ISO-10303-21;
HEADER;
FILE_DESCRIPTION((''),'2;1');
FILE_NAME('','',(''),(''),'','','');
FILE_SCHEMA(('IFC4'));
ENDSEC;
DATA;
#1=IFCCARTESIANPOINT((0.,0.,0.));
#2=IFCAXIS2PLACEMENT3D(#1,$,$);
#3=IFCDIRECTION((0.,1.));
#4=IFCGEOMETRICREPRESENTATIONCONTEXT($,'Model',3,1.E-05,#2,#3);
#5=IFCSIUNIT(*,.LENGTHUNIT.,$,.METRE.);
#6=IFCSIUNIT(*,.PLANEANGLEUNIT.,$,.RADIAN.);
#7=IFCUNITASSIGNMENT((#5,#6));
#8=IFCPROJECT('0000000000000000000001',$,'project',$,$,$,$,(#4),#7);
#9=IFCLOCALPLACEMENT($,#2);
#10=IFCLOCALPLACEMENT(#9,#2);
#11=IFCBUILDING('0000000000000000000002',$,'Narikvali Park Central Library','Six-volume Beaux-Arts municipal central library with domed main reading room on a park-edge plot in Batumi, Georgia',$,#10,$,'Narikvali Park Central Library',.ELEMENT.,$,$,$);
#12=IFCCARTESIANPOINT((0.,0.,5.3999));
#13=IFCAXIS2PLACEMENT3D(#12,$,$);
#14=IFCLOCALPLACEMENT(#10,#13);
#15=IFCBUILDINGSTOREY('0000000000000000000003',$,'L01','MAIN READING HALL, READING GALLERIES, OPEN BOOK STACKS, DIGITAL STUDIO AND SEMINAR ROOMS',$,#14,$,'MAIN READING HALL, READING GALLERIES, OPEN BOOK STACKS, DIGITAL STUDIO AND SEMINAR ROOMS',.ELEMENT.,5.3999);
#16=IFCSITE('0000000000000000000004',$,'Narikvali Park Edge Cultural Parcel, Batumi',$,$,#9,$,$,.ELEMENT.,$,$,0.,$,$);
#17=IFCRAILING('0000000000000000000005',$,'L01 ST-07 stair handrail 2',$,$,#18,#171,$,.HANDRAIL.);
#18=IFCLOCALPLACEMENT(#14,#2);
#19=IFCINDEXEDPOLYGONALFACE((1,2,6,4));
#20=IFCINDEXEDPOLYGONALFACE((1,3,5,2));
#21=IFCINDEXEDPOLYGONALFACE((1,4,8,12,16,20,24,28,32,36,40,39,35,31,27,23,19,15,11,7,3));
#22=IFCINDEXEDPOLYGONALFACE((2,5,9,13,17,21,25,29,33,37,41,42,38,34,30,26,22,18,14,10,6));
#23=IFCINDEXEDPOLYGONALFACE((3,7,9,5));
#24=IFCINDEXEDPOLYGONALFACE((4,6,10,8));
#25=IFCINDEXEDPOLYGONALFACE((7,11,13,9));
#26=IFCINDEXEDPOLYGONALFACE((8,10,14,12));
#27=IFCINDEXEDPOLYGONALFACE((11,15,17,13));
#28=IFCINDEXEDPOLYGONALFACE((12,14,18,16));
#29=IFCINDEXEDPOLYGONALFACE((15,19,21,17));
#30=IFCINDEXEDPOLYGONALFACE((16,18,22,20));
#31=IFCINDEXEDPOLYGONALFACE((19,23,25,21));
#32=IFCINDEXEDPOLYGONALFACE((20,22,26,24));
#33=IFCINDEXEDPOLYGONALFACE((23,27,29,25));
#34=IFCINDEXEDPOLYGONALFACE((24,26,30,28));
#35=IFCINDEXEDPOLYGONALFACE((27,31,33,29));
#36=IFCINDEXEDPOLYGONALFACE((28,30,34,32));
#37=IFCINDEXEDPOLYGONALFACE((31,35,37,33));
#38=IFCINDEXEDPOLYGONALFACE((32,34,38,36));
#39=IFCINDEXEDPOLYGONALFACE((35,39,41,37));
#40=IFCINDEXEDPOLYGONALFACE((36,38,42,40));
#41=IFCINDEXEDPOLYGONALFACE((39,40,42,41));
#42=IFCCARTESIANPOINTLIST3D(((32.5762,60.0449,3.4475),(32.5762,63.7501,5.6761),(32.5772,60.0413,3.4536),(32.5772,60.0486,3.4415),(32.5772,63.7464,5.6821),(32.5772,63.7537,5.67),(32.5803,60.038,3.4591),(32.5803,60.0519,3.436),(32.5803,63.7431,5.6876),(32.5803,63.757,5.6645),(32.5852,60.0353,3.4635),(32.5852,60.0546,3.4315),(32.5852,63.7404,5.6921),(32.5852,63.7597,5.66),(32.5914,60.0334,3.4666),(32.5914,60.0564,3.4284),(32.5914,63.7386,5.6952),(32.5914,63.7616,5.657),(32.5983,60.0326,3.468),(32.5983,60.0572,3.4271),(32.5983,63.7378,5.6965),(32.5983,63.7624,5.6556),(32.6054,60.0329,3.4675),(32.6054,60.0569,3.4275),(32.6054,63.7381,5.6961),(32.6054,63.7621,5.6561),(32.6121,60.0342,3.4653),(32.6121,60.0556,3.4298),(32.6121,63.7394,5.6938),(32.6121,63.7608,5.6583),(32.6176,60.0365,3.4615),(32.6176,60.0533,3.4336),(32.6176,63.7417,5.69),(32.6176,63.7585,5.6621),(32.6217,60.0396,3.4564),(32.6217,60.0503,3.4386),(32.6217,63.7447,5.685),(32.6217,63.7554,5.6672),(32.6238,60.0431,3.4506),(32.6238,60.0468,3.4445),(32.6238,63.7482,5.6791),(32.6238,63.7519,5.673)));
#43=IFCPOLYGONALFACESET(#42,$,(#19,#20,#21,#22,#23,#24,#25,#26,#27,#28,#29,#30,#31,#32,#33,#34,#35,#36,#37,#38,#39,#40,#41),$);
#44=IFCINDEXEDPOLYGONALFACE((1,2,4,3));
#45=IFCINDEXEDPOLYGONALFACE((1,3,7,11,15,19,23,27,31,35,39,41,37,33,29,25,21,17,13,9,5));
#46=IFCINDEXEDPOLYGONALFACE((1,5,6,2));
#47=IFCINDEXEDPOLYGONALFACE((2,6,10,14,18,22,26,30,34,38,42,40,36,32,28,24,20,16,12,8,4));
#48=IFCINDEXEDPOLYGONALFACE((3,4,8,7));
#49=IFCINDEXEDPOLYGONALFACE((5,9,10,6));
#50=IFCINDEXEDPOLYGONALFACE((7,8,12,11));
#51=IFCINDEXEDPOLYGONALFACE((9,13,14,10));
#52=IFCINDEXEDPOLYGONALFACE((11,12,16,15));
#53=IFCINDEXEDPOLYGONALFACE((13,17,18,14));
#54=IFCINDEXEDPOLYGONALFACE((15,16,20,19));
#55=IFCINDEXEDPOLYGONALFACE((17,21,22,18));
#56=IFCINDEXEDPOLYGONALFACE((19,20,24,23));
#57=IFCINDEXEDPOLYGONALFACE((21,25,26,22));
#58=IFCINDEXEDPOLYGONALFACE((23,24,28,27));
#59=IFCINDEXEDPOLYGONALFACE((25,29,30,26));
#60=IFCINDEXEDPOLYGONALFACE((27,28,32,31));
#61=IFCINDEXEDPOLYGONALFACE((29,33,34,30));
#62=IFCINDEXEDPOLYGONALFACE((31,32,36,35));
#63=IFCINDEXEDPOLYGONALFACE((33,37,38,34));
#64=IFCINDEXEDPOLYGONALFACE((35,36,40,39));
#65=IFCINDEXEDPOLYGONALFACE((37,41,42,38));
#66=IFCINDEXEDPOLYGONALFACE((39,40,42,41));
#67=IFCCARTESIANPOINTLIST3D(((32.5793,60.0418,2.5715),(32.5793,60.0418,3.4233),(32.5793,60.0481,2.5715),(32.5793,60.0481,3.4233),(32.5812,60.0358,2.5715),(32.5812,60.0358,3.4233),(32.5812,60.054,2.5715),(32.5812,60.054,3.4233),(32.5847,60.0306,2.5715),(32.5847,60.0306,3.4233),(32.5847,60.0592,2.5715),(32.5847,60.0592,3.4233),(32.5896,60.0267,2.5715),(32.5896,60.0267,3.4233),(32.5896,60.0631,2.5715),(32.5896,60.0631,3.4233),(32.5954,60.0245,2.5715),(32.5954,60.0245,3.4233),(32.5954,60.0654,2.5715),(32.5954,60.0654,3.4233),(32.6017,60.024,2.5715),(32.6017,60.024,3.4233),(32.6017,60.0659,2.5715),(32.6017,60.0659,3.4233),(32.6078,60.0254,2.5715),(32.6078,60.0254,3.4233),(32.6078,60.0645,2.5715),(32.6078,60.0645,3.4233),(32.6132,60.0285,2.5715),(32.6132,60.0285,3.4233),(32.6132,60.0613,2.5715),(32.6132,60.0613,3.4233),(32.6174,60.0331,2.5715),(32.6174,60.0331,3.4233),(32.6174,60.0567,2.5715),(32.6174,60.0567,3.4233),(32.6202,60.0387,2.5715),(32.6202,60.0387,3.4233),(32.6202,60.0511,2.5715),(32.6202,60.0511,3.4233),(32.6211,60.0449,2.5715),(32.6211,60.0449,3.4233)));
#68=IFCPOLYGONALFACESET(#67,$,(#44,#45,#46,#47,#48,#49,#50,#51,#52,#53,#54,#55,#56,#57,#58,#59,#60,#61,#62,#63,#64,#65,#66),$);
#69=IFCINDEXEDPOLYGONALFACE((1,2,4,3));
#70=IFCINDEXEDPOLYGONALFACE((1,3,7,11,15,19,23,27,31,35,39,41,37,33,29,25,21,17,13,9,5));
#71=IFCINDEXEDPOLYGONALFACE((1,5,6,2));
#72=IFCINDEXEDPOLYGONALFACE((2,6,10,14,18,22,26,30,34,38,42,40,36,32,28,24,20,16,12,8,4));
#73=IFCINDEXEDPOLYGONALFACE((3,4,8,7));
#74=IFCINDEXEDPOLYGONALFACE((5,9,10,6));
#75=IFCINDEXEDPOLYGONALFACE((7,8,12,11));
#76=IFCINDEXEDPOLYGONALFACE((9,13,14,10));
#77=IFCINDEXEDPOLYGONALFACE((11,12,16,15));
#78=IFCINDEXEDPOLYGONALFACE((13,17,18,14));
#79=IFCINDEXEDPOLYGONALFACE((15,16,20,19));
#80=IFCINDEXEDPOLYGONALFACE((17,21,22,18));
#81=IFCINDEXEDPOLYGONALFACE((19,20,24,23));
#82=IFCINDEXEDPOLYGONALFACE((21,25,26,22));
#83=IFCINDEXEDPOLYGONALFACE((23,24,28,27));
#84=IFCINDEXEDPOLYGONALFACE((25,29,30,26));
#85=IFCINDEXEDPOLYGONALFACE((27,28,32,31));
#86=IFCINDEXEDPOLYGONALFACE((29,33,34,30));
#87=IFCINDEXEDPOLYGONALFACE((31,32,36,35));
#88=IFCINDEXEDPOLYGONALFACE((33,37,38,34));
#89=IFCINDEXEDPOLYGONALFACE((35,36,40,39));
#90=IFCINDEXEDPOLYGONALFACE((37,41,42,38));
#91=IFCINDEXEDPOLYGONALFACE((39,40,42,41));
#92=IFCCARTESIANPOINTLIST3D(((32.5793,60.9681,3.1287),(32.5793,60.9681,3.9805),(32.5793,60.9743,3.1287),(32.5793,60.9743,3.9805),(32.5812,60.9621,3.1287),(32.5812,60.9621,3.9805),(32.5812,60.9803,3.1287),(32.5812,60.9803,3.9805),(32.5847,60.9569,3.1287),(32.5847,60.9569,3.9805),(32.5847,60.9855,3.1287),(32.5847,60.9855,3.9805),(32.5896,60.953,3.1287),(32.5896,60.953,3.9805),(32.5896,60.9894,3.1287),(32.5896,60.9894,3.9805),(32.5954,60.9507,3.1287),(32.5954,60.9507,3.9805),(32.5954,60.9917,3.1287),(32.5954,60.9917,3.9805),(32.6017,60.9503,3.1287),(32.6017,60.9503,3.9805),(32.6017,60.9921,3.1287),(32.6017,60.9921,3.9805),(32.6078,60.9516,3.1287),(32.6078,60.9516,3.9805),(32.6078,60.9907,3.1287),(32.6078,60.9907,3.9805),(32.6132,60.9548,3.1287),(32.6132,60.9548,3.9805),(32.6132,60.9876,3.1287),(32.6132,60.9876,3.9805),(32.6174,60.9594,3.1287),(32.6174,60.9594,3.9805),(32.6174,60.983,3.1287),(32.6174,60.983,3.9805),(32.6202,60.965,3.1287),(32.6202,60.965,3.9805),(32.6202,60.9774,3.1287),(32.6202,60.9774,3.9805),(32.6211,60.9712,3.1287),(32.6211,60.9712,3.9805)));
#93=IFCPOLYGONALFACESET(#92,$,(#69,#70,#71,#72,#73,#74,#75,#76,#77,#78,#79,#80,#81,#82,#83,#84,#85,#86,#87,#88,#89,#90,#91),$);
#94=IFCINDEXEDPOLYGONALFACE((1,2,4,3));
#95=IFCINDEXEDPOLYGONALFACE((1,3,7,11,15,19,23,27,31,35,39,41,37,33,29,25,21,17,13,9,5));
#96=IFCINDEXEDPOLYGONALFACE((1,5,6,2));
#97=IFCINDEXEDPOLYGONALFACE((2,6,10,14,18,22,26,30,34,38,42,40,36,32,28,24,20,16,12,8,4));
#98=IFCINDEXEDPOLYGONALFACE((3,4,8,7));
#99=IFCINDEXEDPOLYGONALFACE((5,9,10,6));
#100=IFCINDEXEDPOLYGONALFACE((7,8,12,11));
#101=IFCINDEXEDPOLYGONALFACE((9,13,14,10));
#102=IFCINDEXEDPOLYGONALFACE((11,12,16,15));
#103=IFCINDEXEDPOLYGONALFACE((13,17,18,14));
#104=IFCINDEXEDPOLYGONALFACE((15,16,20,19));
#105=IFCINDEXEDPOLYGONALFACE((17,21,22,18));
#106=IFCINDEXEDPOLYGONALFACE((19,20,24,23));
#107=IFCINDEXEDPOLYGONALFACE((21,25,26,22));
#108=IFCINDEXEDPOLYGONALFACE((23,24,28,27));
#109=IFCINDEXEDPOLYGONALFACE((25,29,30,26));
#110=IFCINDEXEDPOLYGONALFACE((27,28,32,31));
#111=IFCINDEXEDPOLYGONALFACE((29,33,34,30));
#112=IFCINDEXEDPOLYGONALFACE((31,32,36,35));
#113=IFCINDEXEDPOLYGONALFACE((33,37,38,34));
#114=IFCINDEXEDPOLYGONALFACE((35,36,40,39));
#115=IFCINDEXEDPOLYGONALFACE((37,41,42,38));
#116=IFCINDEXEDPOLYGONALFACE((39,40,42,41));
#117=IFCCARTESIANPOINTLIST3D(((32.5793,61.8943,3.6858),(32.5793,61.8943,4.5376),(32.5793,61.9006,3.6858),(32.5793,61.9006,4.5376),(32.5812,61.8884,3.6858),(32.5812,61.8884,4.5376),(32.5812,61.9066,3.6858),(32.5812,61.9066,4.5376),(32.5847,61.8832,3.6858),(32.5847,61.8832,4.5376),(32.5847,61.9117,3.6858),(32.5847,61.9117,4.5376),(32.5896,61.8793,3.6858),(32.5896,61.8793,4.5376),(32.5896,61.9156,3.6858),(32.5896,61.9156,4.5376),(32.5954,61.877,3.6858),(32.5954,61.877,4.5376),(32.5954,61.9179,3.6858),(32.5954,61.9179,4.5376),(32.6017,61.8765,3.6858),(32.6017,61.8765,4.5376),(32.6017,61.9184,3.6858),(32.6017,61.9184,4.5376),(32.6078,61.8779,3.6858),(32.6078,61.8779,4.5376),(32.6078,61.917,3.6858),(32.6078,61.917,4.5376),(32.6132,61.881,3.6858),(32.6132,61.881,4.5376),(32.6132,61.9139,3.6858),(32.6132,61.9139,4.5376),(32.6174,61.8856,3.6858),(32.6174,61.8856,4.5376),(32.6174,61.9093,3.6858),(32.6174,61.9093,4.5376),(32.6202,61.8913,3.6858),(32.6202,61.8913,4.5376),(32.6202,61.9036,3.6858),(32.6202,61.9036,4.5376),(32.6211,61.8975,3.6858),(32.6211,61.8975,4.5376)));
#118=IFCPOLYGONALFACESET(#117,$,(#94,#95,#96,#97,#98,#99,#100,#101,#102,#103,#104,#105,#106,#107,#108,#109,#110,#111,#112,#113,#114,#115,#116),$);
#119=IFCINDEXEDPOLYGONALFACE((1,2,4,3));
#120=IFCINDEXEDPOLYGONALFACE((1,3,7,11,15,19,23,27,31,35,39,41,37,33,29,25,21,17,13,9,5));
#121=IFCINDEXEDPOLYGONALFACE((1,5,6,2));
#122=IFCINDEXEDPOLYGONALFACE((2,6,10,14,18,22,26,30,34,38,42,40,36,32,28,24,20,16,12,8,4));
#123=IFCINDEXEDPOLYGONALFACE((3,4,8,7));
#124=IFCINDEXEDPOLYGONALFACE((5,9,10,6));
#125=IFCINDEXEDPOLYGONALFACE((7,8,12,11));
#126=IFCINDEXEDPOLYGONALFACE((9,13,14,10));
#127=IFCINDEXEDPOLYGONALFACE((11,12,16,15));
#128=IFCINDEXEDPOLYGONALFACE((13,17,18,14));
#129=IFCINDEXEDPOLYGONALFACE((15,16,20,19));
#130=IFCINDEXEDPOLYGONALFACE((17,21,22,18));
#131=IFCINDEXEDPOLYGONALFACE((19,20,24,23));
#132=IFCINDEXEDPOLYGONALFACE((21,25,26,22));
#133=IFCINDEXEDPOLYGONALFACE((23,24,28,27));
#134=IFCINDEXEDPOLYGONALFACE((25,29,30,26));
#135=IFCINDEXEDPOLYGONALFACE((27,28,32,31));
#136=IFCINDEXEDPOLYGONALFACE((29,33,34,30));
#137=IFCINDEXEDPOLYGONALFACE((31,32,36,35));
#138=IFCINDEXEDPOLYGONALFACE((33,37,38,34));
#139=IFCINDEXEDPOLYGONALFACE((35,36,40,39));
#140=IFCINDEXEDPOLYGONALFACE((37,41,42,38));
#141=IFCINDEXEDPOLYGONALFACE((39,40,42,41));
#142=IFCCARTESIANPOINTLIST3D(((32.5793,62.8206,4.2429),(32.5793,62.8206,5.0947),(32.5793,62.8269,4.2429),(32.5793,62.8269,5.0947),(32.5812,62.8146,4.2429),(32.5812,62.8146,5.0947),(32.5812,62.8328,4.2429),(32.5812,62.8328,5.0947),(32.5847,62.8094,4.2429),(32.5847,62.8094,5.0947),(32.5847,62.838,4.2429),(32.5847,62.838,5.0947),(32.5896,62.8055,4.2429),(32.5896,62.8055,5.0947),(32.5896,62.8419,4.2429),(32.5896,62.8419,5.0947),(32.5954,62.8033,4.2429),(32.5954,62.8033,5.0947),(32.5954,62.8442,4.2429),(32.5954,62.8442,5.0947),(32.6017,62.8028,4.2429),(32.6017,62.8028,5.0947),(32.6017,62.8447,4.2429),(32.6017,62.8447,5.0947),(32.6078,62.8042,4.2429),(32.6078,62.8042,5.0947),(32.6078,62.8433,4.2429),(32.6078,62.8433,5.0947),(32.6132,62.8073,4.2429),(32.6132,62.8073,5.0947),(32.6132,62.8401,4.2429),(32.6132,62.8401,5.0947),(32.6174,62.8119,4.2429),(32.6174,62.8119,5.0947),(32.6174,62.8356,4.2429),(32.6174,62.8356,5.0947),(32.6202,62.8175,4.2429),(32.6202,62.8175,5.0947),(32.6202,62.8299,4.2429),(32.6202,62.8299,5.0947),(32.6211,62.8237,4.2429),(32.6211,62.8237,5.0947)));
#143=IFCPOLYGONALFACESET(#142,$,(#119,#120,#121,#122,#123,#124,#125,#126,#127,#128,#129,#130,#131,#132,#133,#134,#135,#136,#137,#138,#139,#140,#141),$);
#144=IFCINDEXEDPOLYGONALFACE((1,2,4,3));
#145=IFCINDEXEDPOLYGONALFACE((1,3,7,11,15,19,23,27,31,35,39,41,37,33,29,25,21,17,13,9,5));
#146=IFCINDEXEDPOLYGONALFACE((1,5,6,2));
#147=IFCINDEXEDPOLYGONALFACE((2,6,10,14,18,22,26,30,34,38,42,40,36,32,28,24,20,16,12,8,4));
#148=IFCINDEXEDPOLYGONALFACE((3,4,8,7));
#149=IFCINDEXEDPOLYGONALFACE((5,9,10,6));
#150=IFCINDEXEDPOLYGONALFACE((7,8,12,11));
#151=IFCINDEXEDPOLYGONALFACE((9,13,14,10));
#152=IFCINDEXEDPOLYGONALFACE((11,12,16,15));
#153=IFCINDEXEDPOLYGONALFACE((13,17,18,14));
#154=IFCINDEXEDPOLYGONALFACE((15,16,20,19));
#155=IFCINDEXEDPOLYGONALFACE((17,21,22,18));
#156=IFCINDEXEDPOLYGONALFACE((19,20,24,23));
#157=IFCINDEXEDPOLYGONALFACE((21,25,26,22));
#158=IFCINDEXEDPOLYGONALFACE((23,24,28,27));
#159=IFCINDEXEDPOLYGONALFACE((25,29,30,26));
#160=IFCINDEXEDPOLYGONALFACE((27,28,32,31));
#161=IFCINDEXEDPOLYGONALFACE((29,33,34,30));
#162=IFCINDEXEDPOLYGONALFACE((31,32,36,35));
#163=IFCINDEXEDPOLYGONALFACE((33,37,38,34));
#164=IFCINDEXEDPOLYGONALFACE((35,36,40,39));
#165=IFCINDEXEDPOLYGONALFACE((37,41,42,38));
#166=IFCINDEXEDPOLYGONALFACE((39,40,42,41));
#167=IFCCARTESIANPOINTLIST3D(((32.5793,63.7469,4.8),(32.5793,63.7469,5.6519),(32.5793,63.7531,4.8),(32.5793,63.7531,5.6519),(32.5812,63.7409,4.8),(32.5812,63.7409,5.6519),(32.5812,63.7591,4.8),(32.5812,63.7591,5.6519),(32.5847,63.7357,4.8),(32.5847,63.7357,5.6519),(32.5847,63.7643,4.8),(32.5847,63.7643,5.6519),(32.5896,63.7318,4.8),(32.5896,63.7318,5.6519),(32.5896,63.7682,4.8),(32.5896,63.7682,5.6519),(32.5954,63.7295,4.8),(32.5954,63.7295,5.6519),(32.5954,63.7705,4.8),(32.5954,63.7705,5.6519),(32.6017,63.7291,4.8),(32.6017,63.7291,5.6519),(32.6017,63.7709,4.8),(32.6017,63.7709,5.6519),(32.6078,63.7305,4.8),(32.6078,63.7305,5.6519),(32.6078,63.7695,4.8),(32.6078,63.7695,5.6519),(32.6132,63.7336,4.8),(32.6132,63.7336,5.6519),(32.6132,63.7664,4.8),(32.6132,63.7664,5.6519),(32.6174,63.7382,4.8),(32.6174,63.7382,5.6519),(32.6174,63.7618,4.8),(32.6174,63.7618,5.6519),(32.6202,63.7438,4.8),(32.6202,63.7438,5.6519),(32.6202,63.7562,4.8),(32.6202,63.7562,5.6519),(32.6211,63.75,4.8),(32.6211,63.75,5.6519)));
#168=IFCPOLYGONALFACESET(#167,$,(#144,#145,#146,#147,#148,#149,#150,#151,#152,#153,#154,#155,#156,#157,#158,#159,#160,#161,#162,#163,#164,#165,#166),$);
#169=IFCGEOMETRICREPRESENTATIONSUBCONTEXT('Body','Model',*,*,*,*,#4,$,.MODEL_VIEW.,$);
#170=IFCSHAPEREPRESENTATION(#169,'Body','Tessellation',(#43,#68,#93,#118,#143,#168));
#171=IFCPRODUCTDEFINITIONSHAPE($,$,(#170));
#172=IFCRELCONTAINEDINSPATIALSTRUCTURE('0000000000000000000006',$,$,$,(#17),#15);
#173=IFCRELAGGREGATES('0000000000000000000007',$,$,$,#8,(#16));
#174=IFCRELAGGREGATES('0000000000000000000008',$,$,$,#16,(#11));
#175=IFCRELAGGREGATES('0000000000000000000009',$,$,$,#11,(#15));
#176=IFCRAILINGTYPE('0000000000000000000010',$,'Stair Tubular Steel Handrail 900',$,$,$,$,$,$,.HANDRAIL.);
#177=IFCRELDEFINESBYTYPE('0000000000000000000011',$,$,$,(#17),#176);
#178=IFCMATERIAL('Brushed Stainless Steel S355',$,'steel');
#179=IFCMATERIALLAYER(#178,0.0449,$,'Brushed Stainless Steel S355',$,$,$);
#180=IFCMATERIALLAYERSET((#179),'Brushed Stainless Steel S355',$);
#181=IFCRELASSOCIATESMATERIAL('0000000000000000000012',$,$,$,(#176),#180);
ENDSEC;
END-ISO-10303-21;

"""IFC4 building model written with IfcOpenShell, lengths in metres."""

from ifc_helpers import new_model, si_unit, direction, frame, origin, origin_2d, place, context, subcontext, project, spatial, circle, extrude, material, layer, layer_set, type_object, element, save


model = new_model("IFC4")

# Units and contexts
model_context = context("Model", 3, precision=1e-05, world=origin(), true_north=direction((0.0, 1.0)))
body_context = subcontext(model_context, "Body", "Model", "MODEL_VIEW")
ifc_project = project(units=[si_unit("LENGTHUNIT", "METRE"), si_unit("PLANEANGLEUNIT", "RADIAN")], contexts=[model_context])

# Site, building, storey
site_placement = place(None, origin())
site = spatial("IfcSite", under=ifc_project, at=site_placement, Name="Narikvali Park Edge Cultural Parcel, Batumi", CompositionType="ELEMENT", RefElevation=0.0)
building_placement = place(site_placement, origin())
building = spatial("IfcBuilding", under=site, at=building_placement, Name="Narikvali Park Central Library", Description="Six-volume Beaux-Arts municipal central library with domed main reading room on a park-edge plot in Batumi, Georgia", LongName="Narikvali Park Central Library", CompositionType="ELEMENT")
storey_placement = place(building_placement, frame((0.0, 0.0, 5.3999)))
storey = spatial("IfcBuildingStorey", under=building, at=storey_placement, Name="L01", Description="MAIN READING HALL, READING GALLERIES, OPEN BOOK STACKS, DIGITAL STUDIO AND SEMINAR ROOMS", LongName="MAIN READING HALL, READING GALLERIES, OPEN BOOK STACKS, DIGITAL STUDIO AND SEMINAR ROOMS", CompositionType="ELEMENT", Elevation=5.3999)

# Shared definitions
ifc_material_1 = material(Name="Brushed Stainless Steel S355", Category="steel")

# Railing
ifc_layer_1 = layer(ifc_material_1, 0.0449, Name="Brushed Stainless Steel S355")
ifc_layer_set_1 = layer_set([ifc_layer_1], Name="Brushed Stainless Steel S355")
railing_type_1 = type_object("IfcRailingType", Name="Stair Tubular Steel Handrail 900", PredefinedType="HANDRAIL", material=ifc_layer_set_1)
railing_1_placement = place(storey_placement, frame((32.6001, 60.0449, 2.5715)))
element("IfcRailing", 1, at=railing_1_placement, inside=storey, type_object=railing_type_1, Name="L01 ST-07 stair handrail 2", PredefinedType="HANDRAIL", context=body_context, shape_type="SweptSolid", body=[
    extrude(circle(Radius=0.0239, at=origin_2d()), frame((0.0, 0.0, 0.876), z_axis=(0.0, 0.856934, 0.515425), x_axis=(-1.0, 0.0, 0.0)), (0.0, 0.0, 1.0), 4.3237),
    extrude(circle(Radius=0.021, at=origin_2d()), origin(), (0.0, 0.0, 1.0), 0.8518),
    extrude(circle(Radius=0.021, at=origin_2d()), frame((0.0, 0.9263, 0.5571)), (0.0, 0.0, 1.0), 0.8518),
    extrude(circle(Radius=0.021, at=origin_2d()), frame((0.0, 1.8525, 1.1143)), (0.0, 0.0, 1.0), 0.8518),
    extrude(circle(Radius=0.021, at=origin_2d()), frame((0.0, 2.7788, 1.6714)), (0.0, 0.0, 1.0), 0.8518),
    extrude(circle(Radius=0.021, at=origin_2d()), frame((0.0, 3.7051, 2.2285)), (0.0, 0.0, 1.0), 0.8518),
])

save(model, "model.ifc")
